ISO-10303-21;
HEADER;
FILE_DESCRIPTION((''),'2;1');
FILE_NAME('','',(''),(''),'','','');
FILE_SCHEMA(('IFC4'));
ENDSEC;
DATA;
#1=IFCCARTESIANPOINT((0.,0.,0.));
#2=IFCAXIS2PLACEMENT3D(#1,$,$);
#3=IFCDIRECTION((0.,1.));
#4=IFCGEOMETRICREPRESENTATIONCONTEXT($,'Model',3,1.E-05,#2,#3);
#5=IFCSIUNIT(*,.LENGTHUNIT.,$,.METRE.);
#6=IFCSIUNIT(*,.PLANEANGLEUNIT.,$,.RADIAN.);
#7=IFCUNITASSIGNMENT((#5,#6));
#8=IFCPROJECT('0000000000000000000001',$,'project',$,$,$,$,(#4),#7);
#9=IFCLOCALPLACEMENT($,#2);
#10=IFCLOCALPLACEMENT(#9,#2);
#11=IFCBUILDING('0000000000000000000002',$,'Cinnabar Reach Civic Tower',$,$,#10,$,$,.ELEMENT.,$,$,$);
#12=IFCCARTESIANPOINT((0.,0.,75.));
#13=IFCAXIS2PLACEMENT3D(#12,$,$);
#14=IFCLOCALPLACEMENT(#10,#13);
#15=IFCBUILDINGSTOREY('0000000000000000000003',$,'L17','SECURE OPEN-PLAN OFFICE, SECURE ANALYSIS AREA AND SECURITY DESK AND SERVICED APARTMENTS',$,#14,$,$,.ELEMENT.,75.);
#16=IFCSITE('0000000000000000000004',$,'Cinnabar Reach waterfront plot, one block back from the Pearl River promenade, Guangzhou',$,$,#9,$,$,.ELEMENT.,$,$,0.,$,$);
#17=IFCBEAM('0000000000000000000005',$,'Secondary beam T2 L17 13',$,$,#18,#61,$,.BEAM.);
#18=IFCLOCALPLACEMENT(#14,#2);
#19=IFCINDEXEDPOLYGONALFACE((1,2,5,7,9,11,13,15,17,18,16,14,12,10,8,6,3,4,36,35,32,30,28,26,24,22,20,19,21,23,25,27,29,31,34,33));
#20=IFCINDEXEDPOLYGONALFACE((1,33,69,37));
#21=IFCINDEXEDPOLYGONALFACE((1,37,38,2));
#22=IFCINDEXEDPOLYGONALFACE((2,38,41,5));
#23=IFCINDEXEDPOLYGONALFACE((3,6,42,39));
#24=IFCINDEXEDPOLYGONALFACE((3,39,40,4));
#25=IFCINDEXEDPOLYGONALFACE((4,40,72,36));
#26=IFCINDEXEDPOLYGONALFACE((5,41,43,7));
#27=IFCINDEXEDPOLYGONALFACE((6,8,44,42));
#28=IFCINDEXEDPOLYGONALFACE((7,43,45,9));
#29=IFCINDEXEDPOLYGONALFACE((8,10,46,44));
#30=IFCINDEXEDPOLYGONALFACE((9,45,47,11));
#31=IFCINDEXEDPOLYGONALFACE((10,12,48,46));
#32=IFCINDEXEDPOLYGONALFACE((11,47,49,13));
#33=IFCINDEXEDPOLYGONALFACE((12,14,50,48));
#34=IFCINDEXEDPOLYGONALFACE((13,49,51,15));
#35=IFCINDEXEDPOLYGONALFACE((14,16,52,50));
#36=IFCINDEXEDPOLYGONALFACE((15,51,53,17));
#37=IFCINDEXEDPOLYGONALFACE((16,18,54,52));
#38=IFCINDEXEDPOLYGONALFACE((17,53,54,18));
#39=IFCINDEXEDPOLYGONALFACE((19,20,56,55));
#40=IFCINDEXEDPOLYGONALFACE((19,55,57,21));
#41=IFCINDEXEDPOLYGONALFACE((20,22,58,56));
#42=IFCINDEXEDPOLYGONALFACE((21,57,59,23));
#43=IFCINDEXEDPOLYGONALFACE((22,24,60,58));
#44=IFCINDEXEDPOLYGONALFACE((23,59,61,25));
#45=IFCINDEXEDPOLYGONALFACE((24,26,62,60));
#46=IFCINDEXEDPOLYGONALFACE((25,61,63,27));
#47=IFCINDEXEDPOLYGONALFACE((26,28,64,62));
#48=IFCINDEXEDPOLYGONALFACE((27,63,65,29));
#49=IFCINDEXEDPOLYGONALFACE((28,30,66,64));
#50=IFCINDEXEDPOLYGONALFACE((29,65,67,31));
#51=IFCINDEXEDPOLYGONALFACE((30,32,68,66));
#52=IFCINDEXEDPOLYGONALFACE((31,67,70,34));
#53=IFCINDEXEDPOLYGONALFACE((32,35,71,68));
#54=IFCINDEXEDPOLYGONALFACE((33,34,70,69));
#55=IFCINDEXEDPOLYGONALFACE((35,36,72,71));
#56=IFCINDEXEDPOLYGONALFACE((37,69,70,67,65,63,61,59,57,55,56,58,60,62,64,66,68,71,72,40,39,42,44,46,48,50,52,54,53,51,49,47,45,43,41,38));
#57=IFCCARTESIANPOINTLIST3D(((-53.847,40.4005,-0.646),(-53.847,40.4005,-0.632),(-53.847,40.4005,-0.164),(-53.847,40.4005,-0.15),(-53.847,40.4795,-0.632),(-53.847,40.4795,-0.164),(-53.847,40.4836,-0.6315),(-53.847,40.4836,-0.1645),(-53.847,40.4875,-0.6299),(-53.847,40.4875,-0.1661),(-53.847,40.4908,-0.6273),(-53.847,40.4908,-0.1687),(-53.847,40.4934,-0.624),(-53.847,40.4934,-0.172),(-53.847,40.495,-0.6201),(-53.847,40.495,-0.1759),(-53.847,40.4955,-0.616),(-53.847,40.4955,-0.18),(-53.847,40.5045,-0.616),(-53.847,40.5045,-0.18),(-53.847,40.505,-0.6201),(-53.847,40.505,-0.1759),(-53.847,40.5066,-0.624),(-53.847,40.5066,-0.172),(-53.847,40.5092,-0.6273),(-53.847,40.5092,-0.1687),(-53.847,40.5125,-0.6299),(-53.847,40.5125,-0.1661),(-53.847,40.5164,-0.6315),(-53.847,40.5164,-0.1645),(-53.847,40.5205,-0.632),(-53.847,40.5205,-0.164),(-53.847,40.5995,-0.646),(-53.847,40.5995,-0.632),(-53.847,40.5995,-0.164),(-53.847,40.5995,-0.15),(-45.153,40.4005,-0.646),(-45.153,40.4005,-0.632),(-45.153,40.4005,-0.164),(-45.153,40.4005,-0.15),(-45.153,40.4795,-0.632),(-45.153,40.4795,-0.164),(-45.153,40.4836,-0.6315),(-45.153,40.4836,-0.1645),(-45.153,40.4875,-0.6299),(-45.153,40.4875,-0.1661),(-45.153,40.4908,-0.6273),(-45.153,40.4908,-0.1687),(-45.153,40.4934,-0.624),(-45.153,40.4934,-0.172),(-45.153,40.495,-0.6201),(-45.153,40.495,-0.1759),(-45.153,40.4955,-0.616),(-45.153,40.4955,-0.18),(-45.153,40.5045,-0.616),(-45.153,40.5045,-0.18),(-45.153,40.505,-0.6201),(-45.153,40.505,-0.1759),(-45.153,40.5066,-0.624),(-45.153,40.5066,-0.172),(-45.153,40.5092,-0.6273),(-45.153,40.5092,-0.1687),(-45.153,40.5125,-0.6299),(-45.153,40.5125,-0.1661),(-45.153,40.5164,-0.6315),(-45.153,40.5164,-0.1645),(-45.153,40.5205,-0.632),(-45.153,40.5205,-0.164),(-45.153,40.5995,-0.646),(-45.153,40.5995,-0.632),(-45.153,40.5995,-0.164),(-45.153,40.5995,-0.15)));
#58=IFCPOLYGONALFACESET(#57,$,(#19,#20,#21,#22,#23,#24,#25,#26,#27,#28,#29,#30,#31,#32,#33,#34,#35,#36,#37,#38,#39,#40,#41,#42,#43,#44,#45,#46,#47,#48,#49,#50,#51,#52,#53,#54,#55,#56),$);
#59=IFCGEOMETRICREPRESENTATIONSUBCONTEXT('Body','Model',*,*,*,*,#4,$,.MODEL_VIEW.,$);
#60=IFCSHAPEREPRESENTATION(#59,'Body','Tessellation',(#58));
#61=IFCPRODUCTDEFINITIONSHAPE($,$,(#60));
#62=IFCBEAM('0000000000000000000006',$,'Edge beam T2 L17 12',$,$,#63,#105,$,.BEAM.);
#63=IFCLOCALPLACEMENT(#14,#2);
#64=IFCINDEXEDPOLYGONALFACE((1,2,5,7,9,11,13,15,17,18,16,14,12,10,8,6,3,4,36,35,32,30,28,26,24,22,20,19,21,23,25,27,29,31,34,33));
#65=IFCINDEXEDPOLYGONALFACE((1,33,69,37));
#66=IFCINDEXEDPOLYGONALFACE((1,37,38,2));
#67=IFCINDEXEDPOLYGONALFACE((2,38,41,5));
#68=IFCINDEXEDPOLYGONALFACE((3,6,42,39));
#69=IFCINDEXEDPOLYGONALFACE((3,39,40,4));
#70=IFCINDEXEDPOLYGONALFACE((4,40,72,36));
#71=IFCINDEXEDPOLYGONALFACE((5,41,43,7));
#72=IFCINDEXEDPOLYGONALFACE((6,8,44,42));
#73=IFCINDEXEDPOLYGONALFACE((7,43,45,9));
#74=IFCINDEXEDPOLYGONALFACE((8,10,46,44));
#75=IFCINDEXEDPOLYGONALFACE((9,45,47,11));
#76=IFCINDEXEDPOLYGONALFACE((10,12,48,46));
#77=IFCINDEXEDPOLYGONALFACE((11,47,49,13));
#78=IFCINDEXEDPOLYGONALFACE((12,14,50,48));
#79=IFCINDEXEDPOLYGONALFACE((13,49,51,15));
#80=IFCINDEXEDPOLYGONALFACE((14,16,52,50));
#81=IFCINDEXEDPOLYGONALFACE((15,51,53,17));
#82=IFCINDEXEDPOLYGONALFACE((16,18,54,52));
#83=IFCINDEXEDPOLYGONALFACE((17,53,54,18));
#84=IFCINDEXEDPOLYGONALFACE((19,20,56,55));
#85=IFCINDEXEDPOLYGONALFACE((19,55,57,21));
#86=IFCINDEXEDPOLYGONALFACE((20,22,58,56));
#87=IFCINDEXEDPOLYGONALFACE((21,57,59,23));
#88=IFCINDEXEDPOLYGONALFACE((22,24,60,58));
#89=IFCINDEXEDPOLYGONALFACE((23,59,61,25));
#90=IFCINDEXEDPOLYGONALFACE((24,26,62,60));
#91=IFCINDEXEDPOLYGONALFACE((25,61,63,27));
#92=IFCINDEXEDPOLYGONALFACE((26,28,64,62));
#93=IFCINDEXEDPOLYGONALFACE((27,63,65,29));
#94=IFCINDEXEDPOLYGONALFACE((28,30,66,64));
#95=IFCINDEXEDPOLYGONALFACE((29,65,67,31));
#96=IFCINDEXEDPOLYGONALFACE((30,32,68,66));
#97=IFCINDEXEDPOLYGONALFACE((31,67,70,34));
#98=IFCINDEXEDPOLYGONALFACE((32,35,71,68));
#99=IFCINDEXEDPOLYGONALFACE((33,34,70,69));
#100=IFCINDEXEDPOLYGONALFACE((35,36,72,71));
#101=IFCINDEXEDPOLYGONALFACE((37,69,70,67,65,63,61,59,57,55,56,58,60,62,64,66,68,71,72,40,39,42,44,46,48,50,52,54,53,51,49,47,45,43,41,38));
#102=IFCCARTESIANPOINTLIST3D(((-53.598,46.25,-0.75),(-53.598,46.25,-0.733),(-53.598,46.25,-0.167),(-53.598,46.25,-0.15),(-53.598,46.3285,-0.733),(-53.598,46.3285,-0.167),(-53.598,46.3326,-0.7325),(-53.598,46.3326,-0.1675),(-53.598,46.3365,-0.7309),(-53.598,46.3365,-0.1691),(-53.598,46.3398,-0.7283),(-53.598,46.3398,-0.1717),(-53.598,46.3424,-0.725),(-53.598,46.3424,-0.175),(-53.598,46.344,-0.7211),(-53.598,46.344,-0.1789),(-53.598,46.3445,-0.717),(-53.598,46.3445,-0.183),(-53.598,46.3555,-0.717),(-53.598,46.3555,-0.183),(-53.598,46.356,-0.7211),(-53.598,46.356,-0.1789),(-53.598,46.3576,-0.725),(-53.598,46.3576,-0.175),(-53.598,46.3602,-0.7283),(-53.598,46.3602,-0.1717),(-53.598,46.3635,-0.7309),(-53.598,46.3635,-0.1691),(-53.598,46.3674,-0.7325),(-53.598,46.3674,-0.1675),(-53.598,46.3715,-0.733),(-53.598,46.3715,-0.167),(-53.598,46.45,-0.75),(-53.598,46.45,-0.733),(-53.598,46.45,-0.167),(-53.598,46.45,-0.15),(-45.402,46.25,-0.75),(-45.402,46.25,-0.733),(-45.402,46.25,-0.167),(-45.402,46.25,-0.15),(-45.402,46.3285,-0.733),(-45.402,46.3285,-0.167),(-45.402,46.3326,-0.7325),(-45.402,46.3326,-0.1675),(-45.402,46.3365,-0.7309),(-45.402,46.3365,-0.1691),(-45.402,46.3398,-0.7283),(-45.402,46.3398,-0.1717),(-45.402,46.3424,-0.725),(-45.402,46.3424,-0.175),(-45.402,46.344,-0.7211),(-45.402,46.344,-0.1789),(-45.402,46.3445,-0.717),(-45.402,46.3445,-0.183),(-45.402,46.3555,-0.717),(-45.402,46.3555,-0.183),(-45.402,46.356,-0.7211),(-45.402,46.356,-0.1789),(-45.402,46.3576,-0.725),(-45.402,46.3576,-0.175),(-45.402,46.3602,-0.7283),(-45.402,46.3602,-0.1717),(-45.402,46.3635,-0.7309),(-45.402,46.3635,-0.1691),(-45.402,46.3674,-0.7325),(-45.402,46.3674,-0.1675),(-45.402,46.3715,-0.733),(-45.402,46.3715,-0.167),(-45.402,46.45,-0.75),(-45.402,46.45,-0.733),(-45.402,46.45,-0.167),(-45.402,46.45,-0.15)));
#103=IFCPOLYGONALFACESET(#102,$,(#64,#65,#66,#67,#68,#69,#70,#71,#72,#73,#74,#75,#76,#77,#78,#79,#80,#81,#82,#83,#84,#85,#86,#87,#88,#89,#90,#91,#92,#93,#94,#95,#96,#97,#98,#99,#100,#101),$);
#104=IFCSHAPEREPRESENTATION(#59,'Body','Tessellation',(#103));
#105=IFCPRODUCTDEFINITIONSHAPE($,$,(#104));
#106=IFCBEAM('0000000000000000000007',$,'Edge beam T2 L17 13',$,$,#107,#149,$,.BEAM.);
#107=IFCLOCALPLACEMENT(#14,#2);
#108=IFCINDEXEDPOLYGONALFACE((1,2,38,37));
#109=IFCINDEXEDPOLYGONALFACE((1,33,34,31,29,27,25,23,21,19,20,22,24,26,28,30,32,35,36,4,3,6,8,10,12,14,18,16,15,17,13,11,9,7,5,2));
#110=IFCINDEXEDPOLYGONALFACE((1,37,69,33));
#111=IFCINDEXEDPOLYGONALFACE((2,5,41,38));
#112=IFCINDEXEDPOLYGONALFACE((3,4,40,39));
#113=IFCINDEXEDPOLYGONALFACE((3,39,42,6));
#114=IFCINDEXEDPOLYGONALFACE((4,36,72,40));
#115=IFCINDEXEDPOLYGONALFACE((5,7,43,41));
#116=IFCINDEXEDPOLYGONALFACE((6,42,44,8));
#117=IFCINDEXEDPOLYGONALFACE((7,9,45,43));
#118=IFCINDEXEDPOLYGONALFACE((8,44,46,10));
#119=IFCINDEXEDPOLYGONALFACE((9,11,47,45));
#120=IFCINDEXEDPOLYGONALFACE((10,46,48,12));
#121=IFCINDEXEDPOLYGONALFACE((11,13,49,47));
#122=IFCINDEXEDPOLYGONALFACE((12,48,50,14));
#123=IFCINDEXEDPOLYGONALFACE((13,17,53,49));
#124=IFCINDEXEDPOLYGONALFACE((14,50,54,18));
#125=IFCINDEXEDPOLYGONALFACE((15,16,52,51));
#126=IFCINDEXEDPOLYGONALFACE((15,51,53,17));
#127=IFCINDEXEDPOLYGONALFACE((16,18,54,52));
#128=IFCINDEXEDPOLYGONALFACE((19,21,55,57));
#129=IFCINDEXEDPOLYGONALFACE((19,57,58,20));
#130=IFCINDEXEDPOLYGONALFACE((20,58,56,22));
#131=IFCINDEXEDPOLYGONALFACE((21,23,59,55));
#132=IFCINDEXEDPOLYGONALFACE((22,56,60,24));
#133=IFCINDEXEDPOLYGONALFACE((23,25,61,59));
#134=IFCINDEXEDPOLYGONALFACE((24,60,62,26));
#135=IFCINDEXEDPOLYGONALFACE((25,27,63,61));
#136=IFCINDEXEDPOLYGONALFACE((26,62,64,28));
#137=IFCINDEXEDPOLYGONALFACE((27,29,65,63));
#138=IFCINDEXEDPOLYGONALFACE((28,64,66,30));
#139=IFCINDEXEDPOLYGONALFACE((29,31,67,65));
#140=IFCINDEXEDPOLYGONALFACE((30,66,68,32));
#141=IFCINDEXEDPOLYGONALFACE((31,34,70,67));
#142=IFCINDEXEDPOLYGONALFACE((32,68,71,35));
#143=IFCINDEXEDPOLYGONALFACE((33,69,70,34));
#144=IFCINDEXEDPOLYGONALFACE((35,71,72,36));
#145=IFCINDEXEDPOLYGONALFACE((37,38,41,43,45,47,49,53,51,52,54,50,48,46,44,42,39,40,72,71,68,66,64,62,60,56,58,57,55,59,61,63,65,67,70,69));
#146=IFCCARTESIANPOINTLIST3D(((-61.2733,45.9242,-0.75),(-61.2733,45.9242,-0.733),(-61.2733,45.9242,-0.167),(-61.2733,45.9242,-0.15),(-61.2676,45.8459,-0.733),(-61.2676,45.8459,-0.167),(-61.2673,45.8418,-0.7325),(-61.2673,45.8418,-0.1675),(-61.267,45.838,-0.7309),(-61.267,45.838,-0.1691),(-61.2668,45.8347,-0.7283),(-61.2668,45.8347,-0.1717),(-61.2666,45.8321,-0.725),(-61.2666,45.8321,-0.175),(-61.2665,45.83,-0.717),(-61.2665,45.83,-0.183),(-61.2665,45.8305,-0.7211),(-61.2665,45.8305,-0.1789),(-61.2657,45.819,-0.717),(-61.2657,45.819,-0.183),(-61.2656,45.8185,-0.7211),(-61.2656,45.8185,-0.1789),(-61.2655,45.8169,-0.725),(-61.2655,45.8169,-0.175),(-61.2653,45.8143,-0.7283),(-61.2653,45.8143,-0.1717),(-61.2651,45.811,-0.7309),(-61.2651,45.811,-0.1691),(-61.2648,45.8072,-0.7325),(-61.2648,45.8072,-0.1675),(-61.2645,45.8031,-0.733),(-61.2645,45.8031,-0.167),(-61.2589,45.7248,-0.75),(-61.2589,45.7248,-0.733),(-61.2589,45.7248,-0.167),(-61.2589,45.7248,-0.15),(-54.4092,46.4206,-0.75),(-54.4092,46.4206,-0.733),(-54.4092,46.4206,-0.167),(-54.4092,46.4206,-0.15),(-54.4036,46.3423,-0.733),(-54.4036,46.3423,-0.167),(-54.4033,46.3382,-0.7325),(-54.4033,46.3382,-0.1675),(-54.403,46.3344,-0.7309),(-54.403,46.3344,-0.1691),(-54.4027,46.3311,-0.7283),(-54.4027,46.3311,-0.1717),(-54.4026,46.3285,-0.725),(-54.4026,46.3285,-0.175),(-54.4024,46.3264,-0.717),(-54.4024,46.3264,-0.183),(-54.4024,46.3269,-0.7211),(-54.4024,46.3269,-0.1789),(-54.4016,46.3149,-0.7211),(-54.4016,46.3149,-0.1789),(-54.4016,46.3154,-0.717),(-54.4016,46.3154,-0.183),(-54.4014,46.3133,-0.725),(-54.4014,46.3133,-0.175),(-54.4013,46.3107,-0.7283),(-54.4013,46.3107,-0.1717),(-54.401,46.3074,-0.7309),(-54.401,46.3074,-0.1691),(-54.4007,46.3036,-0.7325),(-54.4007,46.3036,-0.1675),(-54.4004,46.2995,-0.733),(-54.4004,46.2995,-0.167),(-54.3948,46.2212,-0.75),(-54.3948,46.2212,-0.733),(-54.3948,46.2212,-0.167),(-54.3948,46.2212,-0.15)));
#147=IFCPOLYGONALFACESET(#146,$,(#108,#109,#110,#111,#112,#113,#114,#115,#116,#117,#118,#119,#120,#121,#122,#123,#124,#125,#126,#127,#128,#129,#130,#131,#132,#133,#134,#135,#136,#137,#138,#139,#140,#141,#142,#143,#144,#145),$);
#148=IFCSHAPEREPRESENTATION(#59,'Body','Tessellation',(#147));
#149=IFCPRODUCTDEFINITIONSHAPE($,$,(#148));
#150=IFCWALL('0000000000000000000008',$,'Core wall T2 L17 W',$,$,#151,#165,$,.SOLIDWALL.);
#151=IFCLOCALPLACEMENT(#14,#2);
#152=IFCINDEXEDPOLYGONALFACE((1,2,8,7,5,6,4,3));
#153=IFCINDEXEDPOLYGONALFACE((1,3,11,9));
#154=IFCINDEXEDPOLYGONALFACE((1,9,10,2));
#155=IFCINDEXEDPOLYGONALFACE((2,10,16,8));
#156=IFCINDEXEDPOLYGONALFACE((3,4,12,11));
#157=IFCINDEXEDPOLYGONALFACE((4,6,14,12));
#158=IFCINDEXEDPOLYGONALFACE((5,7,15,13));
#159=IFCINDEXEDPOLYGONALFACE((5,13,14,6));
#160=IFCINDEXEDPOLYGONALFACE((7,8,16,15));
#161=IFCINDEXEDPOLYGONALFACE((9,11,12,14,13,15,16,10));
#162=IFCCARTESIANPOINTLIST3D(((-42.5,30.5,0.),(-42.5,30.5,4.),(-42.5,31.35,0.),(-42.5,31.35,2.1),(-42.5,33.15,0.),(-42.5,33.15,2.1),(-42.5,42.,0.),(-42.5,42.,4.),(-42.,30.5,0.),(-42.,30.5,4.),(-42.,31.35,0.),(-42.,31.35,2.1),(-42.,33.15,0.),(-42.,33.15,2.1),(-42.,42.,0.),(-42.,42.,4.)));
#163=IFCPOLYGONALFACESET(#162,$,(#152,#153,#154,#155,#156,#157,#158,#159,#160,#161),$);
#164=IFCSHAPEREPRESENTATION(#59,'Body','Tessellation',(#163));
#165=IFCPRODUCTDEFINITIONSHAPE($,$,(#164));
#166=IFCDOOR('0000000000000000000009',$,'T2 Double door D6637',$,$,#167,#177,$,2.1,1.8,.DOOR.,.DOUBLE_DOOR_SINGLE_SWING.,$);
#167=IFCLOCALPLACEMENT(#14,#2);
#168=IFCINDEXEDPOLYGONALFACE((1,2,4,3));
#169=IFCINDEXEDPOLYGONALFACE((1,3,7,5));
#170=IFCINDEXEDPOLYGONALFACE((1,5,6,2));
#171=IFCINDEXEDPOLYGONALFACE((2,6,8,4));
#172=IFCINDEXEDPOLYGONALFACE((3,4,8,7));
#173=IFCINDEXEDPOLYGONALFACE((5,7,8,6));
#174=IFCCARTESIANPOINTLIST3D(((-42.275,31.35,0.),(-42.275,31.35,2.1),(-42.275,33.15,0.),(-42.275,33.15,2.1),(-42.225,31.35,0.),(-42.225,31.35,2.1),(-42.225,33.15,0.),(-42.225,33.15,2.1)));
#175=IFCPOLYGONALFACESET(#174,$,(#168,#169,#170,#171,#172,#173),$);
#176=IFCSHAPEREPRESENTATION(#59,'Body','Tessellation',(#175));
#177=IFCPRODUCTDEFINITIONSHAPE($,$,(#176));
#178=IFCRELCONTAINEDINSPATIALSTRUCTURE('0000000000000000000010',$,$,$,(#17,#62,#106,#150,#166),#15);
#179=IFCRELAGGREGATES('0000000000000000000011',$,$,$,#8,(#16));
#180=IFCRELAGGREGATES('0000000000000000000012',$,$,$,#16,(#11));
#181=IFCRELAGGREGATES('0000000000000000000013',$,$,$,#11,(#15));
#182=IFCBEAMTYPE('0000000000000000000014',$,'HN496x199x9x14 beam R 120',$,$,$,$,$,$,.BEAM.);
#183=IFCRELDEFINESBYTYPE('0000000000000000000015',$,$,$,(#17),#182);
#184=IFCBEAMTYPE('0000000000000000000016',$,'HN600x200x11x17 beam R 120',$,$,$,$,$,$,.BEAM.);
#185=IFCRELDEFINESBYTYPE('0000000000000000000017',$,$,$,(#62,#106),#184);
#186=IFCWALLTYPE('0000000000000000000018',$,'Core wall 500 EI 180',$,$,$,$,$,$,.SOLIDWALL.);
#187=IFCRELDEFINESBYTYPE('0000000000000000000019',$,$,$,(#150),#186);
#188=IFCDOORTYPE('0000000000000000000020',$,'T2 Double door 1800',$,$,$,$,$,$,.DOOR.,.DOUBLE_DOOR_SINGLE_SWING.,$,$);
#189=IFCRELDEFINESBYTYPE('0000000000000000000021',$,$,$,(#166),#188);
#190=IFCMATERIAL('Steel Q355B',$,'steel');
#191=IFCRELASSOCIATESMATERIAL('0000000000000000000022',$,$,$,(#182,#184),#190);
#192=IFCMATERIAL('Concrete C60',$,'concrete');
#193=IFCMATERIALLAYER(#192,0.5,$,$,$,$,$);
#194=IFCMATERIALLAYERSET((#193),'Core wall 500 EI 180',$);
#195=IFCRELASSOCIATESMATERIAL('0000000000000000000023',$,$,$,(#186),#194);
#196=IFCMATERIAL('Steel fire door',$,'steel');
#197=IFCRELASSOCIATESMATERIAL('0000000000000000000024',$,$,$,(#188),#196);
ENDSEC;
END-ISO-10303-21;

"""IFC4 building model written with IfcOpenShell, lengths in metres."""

from ifc_helpers import new_model, si_unit, direction, frame, frame_2d, origin, origin_2d, place, context, subcontext, project, spatial, rectangle, i_section, extrude, material, layer, layer_set, material_profile, profile_set, type_object, element, fill, save


model = new_model("IFC4")

# Units and contexts
model_context = context("Model", 3, precision=1e-05, world=origin(), true_north=direction((0.0, 1.0)))
body_context = subcontext(model_context, "Body", "Model", "MODEL_VIEW")
ifc_project = project(units=[si_unit("LENGTHUNIT", "METRE"), si_unit("PLANEANGLEUNIT", "RADIAN")], contexts=[model_context])

# Site, building, storey
site_placement = place(None, origin())
site = spatial("IfcSite", under=ifc_project, at=site_placement, Name="Cinnabar Reach waterfront plot, one block back from the Pearl River promenade, Guangzhou", CompositionType="ELEMENT", RefElevation=0.0)
building_placement = place(site_placement, origin())
building = spatial("IfcBuilding", under=site, at=building_placement, Name="Cinnabar Reach Civic Tower", CompositionType="ELEMENT")
storey_placement = place(building_placement, frame((0.0, 0.0, 75.0)))
storey = spatial("IfcBuildingStorey", under=building, at=storey_placement, Name="L17", Description="SECURE OPEN-PLAN OFFICE, SECURE ANALYSIS AREA AND SECURITY DESK AND SERVICED APARTMENTS", CompositionType="ELEMENT", Elevation=75.0)

# Shared definitions
ifc_material_1 = material(Name="Concrete C60", Category="concrete")

# Beams
ifc_material_2 = material(Name="Steel Q355B", Category="steel")
ifc_material_profile_1 = material_profile(ifc_material_2, i_section(OverallWidth=0.199, OverallDepth=0.496, WebThickness=0.009, FlangeThickness=0.014, FilletRadius=0.016, at=origin_2d()), Name="HN496x199x9x14")
ifc_profile_set_1 = profile_set([ifc_material_profile_1], Name="Steel Q355B")
beam_type_1 = type_object("IfcBeamType", Name="HN496x199x9x14 beam R 120", PredefinedType="BEAM", material=ifc_profile_set_1)
beam_1_placement = place(storey_placement, frame((-53.847, 40.5, -0.398), z_axis=(1.0, 0.0, 0.0), x_axis=(0.0, 1.0, 0.0)))
element("IfcBeam", 1, at=beam_1_placement, inside=storey, type_object=beam_type_1, Name="Secondary beam T2 L17 13", PredefinedType="BEAM", context=body_context, shape_type="SweptSolid", body=[
    extrude(i_section(OverallWidth=0.199, OverallDepth=0.496, WebThickness=0.009, FlangeThickness=0.014, FilletRadius=0.016, at=origin_2d()), origin(), (0.0, 0.0, 1.0), 8.694),
])
ifc_material_profile_2 = material_profile(ifc_material_2, i_section(OverallWidth=0.2, OverallDepth=0.6, WebThickness=0.011, FlangeThickness=0.017, FilletRadius=0.016, at=origin_2d()), Name="HN600x200x11x17")
ifc_profile_set_2 = profile_set([ifc_material_profile_2], Name="Steel Q355B")
beam_type_2 = type_object("IfcBeamType", Name="HN600x200x11x17 beam R 120", PredefinedType="BEAM", material=ifc_profile_set_2)
beam_2_placement = place(storey_placement, frame((-45.402, 46.35, -0.45), z_axis=(-1.0, 0.0, 0.0), x_axis=(0.0, -1.0, 0.0)))
element("IfcBeam", 2, at=beam_2_placement, inside=storey, type_object=beam_type_2, Name="Edge beam T2 L17 12", PredefinedType="BEAM", context=body_context, shape_type="SweptSolid", body=[
    extrude(i_section(OverallWidth=0.2, OverallDepth=0.6, WebThickness=0.011, FlangeThickness=0.017, FilletRadius=0.016, at=origin_2d()), origin(), (0.0, 0.0, 1.0), 8.196),
])
beam_3_placement = place(storey_placement, frame((-54.402, 46.3209, -0.45), z_axis=(-0.997395, -0.07213, 0.0), x_axis=(0.07213, -0.997395, 0.0)))
element("IfcBeam", 3, at=beam_3_placement, inside=storey, type_object=beam_type_2, Name="Edge beam T2 L17 13", PredefinedType="BEAM", context=body_context, shape_type="SweptSolid", body=[
    extrude(i_section(OverallWidth=0.2, OverallDepth=0.6, WebThickness=0.011, FlangeThickness=0.017, FilletRadius=0.016, at=origin_2d()), origin(), (0.0, 0.0, 1.0), 6.882),
])

# Wall, opening, door
ifc_layer_1 = layer(ifc_material_1, 0.5)
ifc_layer_set_1 = layer_set([ifc_layer_1], Name="Core wall 500 EI 180")
wall_type_1 = type_object("IfcWallType", Name="Core wall 500 EI 180", PredefinedType="SOLIDWALL", material=ifc_layer_set_1)
wall_1_placement = place(storey_placement, frame((-42.25, 42.0, 0.0), z_axis=(0.0, 0.0, 1.0), x_axis=(0.0, -1.0, 0.0)))
wall_1 = element("IfcWall", 4, at=wall_1_placement, inside=storey, type_object=wall_type_1, Name="Core wall T2 L17 W", PredefinedType="SOLIDWALL", context=body_context, shape_type="SweptSolid", body=[
    extrude(rectangle(XDim=11.5, YDim=0.5, at=frame_2d((5.75, 0.0))), origin(), (0.0, 0.0, 1.0), 4.0),
])
opening_1_placement = place(wall_1_placement, frame((8.85, 0.0, 0.0)))
opening_1 = element("IfcOpeningElement", 5, at=opening_1_placement, cuts=wall_1, PredefinedType="OPENING", context=body_context, shape_type="SweptSolid", body=[
    extrude(rectangle(XDim=1.8, YDim=2.1, at=frame_2d((0.9, 1.05))), frame((0.0, 0.26, 0.0), z_axis=(0.0, -1.0, 0.0), x_axis=(1.0, 0.0, 0.0)), (0.0, 0.0, 1.0), 0.52),
])
ifc_material_3 = material(Name="Steel fire door", Category="steel")
door_type_1 = type_object("IfcDoorType", Name="T2 Double door 1800", OperationType="DOUBLE_DOOR_SINGLE_SWING", PredefinedType="DOOR", material=ifc_material_3)
door_1_placement = place(opening_1_placement, frame((1.8, 0.0, 0.0), z_axis=(0.0, 0.0, 1.0), x_axis=(-1.0, 0.0, 0.0)))
door_1 = element("IfcDoor", 6, at=door_1_placement, inside=storey, type_object=door_type_1, Name="T2 Double door D6637", OperationType="DOUBLE_DOOR_SINGLE_SWING", OverallHeight=2.1, OverallWidth=1.8, PredefinedType="DOOR", context=body_context, shape_type="SweptSolid", body=[
    extrude(rectangle(XDim=1.8, YDim=2.1, at=frame_2d((0.9, 1.05))), frame((0.0, 0.025, 0.0), z_axis=(0.0, -1.0, 0.0), x_axis=(1.0, 0.0, 0.0)), (0.0, 0.0, 1.0), 0.05),
])
fill(opening_1, door_1)

save(model, "model.ifc")
